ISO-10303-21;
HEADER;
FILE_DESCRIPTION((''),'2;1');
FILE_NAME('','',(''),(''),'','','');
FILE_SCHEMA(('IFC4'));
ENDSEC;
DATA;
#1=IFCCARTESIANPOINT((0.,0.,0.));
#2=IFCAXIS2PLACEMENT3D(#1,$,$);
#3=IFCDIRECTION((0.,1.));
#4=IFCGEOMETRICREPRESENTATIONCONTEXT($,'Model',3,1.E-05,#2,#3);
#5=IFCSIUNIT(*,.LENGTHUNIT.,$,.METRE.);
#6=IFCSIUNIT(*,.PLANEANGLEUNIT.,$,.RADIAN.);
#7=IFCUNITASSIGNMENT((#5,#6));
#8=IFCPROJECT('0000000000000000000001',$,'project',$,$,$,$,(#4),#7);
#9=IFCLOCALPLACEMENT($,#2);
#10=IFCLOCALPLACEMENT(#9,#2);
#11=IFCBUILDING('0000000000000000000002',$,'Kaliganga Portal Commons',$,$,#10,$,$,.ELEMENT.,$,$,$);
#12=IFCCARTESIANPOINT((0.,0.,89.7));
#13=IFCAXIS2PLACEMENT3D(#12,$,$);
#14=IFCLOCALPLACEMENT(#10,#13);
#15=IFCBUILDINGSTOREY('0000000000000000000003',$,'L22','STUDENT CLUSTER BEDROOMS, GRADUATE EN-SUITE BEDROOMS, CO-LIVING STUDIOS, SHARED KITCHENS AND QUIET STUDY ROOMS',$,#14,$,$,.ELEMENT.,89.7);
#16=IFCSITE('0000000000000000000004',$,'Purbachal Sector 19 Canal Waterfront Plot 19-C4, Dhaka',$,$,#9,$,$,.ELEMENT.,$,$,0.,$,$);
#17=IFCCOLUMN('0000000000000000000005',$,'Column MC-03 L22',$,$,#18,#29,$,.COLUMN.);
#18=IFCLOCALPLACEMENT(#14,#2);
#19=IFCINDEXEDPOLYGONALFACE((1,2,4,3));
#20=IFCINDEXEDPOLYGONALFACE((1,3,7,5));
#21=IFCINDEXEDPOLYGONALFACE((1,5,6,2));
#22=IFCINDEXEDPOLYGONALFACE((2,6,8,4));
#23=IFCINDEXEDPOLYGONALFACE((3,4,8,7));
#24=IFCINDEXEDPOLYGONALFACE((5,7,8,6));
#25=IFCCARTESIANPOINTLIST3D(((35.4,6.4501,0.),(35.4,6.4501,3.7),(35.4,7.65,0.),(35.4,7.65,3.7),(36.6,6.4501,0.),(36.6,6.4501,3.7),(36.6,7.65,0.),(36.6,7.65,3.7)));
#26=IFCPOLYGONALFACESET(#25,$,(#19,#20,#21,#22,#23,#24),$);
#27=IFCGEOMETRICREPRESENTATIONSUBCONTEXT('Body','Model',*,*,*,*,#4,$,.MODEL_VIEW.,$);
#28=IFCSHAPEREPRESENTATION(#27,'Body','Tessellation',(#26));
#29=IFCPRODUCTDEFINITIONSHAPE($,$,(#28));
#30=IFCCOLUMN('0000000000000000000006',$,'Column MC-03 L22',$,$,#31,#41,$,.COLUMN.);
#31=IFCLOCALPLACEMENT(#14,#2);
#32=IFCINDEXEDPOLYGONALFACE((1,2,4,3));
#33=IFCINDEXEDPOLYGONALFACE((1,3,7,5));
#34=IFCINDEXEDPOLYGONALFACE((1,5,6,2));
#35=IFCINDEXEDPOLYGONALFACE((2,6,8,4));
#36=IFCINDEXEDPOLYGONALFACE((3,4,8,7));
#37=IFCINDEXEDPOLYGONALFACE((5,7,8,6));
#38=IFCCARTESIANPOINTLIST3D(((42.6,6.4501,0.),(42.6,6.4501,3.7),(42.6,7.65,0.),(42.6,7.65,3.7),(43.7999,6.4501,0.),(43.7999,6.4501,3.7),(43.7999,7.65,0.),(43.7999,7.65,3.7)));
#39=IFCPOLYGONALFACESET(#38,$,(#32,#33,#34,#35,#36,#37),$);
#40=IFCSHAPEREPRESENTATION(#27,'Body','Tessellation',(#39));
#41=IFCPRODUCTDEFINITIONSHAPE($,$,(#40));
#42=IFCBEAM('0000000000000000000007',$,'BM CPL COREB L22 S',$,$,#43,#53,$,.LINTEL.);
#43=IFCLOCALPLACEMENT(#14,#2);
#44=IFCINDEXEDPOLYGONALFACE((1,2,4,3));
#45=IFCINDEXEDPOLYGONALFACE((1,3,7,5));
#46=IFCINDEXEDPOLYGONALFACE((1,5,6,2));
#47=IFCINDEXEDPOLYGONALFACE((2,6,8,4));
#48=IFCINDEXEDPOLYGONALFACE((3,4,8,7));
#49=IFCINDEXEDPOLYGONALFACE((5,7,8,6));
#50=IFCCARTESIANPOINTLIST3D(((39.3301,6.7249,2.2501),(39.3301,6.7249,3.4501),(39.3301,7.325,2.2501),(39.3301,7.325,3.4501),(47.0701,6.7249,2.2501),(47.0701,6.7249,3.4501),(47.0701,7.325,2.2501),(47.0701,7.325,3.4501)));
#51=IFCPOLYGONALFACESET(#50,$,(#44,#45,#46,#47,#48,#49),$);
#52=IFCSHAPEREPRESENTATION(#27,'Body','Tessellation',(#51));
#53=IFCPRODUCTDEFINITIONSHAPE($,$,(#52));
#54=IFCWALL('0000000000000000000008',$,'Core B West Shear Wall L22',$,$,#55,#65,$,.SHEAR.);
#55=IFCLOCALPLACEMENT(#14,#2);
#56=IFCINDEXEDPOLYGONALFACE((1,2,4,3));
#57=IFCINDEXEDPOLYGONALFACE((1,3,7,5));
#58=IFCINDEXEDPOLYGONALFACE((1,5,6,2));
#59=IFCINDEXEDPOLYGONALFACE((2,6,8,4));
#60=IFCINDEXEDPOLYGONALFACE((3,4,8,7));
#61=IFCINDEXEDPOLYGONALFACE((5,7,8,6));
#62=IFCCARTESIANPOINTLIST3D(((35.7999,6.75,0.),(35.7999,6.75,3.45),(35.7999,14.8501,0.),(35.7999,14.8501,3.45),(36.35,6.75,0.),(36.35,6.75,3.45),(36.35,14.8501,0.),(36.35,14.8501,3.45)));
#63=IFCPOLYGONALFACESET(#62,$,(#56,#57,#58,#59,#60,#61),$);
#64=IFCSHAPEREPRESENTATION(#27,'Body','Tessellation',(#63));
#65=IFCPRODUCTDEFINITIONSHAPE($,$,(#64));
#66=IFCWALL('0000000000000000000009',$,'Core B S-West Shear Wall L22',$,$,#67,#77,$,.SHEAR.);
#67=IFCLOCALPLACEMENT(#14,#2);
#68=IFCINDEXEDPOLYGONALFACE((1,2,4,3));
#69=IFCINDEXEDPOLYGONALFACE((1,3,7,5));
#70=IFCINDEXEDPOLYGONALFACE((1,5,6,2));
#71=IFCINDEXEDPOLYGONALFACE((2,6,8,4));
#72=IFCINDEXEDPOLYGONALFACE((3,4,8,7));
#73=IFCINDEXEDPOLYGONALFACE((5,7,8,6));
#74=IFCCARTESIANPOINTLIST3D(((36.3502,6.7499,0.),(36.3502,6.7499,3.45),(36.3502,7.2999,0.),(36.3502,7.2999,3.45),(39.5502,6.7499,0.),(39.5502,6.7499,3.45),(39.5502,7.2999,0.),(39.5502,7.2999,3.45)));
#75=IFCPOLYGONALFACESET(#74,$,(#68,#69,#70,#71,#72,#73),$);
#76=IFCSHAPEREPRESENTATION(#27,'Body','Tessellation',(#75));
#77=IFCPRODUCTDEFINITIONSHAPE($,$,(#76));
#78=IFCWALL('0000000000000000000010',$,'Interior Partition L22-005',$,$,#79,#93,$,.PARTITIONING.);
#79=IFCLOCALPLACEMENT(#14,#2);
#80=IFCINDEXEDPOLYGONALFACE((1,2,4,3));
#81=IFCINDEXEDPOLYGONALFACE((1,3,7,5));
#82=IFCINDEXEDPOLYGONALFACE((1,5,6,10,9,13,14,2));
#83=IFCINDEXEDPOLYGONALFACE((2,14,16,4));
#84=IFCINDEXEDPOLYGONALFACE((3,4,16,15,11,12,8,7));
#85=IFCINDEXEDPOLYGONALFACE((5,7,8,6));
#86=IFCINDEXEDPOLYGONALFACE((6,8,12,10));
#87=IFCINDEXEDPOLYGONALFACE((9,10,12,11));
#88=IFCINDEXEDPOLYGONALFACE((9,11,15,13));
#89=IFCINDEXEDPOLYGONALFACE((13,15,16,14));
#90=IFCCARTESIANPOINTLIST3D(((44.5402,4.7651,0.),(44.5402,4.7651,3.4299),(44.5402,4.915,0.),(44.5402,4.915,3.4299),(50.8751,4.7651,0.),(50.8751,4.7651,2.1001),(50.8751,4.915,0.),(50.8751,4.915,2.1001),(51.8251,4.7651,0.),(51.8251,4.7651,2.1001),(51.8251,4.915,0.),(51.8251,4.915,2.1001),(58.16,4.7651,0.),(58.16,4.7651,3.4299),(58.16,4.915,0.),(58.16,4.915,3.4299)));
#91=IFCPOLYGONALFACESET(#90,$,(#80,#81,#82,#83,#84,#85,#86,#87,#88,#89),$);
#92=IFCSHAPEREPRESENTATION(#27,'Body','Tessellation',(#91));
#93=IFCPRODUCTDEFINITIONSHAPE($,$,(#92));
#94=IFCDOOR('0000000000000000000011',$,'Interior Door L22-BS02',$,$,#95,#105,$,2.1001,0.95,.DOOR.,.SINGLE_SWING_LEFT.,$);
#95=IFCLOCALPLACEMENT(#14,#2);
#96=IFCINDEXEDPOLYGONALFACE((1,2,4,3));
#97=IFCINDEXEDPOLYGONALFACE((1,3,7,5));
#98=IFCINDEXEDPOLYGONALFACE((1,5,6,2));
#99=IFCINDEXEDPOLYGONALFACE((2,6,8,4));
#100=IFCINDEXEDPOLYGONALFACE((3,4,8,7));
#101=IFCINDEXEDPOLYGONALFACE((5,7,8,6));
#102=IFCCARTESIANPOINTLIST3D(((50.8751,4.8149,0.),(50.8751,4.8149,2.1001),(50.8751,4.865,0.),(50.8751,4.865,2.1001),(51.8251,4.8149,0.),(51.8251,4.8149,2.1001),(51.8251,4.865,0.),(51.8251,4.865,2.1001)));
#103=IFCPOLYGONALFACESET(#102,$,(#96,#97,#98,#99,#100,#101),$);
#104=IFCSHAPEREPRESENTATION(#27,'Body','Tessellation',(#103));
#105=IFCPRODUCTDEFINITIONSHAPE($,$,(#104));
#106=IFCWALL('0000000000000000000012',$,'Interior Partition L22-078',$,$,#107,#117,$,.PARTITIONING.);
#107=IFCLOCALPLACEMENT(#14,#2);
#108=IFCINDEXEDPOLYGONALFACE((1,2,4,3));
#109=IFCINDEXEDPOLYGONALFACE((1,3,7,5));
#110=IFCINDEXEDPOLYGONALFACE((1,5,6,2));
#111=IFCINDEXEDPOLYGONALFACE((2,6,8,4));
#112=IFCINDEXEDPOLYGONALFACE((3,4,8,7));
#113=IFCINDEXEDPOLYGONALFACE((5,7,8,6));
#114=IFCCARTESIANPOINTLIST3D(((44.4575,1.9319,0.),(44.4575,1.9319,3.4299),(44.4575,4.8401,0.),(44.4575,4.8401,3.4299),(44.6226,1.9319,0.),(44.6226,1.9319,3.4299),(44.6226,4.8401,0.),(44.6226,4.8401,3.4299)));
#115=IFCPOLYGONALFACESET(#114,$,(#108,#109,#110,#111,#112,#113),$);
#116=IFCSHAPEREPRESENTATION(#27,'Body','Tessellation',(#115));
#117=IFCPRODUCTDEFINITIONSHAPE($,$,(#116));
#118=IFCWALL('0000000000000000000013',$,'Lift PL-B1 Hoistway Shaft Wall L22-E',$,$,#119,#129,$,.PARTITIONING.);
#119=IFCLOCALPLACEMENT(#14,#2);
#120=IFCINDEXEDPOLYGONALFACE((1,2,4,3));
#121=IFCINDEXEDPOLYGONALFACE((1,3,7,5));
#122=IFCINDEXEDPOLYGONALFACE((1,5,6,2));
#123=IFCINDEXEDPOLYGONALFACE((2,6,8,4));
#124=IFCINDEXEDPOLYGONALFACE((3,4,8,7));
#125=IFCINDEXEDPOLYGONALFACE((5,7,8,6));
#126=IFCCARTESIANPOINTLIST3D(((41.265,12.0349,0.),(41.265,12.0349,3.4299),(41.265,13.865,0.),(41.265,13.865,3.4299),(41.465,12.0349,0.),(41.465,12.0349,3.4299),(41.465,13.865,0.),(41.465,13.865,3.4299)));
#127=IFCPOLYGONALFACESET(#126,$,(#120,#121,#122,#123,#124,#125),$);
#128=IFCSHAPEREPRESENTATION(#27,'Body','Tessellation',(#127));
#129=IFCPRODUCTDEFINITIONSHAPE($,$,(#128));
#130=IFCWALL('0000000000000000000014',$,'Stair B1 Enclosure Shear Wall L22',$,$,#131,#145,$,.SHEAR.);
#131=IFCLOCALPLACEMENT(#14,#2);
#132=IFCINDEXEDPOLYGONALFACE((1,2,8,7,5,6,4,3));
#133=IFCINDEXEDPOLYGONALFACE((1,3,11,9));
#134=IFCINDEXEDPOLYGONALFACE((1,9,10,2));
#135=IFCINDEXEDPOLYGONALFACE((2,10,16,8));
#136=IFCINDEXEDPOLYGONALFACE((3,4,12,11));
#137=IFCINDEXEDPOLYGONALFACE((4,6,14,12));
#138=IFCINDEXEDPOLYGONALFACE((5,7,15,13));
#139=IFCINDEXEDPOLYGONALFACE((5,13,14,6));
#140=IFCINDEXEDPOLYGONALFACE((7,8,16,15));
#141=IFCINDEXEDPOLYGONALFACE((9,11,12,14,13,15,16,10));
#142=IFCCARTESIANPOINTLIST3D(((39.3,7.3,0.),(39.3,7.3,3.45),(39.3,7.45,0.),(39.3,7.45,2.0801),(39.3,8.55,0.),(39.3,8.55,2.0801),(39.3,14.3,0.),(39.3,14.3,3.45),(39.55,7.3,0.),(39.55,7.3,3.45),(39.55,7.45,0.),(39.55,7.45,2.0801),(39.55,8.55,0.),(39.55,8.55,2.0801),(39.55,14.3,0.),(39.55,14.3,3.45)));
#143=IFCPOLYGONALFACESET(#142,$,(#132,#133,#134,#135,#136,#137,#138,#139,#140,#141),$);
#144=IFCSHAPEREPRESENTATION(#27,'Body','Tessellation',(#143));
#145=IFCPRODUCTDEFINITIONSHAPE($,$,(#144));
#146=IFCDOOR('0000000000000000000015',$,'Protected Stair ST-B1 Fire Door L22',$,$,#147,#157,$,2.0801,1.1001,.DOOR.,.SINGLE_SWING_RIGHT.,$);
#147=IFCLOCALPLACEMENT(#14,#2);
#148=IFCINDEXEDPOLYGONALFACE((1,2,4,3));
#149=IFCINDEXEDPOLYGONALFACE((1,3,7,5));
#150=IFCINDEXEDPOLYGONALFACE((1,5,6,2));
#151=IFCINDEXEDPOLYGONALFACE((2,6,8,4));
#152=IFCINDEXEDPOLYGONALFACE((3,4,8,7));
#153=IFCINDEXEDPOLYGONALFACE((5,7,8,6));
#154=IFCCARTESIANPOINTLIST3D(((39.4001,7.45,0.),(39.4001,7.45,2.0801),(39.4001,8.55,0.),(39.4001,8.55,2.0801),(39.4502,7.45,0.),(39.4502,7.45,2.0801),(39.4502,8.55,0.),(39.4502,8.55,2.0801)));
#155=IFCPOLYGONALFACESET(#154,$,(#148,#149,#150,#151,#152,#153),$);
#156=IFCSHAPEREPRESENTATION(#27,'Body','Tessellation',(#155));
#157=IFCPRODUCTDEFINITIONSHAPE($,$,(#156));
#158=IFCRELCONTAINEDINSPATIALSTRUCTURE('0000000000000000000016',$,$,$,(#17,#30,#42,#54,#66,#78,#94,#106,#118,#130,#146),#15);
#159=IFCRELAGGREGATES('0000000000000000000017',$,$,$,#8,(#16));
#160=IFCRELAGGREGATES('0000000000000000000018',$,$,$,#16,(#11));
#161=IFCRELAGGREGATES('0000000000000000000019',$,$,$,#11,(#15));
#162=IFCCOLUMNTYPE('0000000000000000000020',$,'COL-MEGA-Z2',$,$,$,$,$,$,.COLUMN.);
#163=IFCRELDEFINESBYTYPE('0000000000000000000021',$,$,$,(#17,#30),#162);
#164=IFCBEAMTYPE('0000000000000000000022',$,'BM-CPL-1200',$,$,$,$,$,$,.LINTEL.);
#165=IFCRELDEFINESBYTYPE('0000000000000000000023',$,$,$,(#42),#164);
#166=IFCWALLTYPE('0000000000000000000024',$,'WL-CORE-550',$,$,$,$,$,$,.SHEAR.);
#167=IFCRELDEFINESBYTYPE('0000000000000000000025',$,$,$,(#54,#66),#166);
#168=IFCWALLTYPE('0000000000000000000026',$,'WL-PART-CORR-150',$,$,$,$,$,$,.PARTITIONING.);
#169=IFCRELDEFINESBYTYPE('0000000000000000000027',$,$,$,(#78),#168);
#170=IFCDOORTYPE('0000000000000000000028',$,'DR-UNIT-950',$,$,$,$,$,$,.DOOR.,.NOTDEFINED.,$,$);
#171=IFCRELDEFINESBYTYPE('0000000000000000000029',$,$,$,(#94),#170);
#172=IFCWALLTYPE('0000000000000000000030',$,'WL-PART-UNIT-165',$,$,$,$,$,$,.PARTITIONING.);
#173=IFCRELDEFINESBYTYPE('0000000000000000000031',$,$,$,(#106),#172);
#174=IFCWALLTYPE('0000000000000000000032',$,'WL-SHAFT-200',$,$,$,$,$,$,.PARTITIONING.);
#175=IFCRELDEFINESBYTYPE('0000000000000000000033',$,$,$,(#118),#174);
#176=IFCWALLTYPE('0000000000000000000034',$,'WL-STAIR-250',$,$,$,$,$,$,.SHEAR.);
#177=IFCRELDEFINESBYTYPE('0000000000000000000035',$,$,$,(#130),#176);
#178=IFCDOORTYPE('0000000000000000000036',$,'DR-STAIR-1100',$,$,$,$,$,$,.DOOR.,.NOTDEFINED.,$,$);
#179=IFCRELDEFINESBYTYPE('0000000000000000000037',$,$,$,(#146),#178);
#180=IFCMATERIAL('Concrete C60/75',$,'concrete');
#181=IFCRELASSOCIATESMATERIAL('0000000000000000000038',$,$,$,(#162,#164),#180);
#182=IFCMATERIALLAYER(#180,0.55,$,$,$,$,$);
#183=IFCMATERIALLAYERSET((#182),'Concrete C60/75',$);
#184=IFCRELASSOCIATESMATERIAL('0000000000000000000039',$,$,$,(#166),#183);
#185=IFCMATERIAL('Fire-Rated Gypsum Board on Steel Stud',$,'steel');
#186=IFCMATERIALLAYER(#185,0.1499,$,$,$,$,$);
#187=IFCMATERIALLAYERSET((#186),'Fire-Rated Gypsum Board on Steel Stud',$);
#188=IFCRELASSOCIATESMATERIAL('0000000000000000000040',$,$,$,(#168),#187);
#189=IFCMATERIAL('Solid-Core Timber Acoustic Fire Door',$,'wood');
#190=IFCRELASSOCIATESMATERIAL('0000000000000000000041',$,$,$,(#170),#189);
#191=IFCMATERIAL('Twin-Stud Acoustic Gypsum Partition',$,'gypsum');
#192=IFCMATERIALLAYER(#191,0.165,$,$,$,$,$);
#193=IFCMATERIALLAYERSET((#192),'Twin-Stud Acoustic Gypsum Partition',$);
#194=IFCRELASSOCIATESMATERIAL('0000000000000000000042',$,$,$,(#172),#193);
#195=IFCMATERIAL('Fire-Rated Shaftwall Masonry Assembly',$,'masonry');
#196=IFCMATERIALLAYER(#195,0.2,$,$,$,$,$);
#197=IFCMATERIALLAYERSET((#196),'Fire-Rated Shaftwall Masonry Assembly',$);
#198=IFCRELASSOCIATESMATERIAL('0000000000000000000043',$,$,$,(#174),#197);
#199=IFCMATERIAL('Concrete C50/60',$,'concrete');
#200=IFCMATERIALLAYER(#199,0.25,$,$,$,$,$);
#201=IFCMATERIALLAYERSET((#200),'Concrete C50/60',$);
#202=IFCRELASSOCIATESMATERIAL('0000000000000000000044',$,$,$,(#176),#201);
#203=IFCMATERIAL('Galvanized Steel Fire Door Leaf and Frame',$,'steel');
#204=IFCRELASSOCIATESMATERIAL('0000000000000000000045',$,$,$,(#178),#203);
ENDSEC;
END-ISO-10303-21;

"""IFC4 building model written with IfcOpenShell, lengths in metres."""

from ifc_helpers import new_model, si_unit, direction, frame, frame_2d, origin, origin_2d, place, context, subcontext, project, spatial, rectangle, extrude, source, transform, mapped, material, layer, layer_set, material_profile, profile_set, type_object, element, fill, save


model = new_model("IFC4")

# Units and contexts
model_context = context("Model", 3, precision=1e-05, world=origin(), true_north=direction((0.0, 1.0)))
body_context = subcontext(model_context, "Body", "Model", "MODEL_VIEW")
ifc_project = project(units=[si_unit("LENGTHUNIT", "METRE"), si_unit("PLANEANGLEUNIT", "RADIAN")], contexts=[model_context])

# Site, building, storey
site_placement = place(None, origin())
site = spatial("IfcSite", under=ifc_project, at=site_placement, Name="Purbachal Sector 19 Canal Waterfront Plot 19-C4, Dhaka", CompositionType="ELEMENT", RefElevation=0.0)
building_placement = place(site_placement, origin())
building = spatial("IfcBuilding", under=site, at=building_placement, Name="Kaliganga Portal Commons", CompositionType="ELEMENT")
storey_placement = place(building_placement, frame((0.0, 0.0, 89.7)))
storey = spatial("IfcBuildingStorey", under=building, at=storey_placement, Name="L22", Description="STUDENT CLUSTER BEDROOMS, GRADUATE EN-SUITE BEDROOMS, CO-LIVING STUDIOS, SHARED KITCHENS AND QUIET STUDY ROOMS", CompositionType="ELEMENT", Elevation=89.7)

# Columns
ifc_material_1 = material(Name="Concrete C60/75", Category="concrete")
ifc_material_profile_1 = material_profile(ifc_material_1, rectangle(XDim=1.2, YDim=1.2, at=origin_2d()), Name="RC 1200x1200")
ifc_profile_set_1 = profile_set([ifc_material_profile_1], Name="Concrete C60/75")
column_type = type_object("IfcColumnType", Name="COL-MEGA-Z2", PredefinedType="COLUMN", material=ifc_profile_set_1)
shared_shape_1 = source(origin(), body_context, "Body", "SweptSolid", [
    extrude(rectangle(XDim=1.2, YDim=1.2, at=origin_2d()), origin(), (0.0, 0.0, 1.0), 3.7),
])
for number, where, z_axis, x_axis, name in (
    (1, (36.0, 7.05, 0.0), (0.0, 0.0, 1.0), (1.0, 0.0, 0.0), "Column MC-03 L22"),
    (2, (43.2, 7.05, 0.0), (0.0, 0.0, 1.0), (1.0, 0.0, 0.0), "Column MC-03 L22"),
):
    element("IfcColumn", number, at=place(storey_placement, frame(where, z_axis=z_axis, x_axis=x_axis)), inside=storey, type_object=column_type, Name=name, PredefinedType="COLUMN", context=body_context, shape_type="MappedRepresentation", body=[
        mapped(shared_shape_1, transform((0.0, 0.0, 0.0), x_axis=(1.0, 0.0, 0.0), y_axis=(0.0, 1.0, 0.0), z_axis=(0.0, 0.0, 1.0), scale=1.0)),
    ])

# Beam
ifc_material_profile_2 = material_profile(ifc_material_1, rectangle(XDim=0.6001, YDim=1.2, at=origin_2d()), Name="RC 600x1200")
ifc_profile_set_2 = profile_set([ifc_material_profile_2], Name="Concrete C60/75")
beam_type = type_object("IfcBeamType", Name="BM-CPL-1200", PredefinedType="LINTEL", material=ifc_profile_set_2)
shared_shape_2 = source(origin(), body_context, "Body", "SweptSolid", [
    extrude(rectangle(XDim=0.6001, YDim=1.2, at=origin_2d()), origin(), (0.0, 0.0, 1.0), 7.74),
])
beam_placement = place(storey_placement, frame((39.3301, 7.0249, 2.8501), z_axis=(1.0, 0.0, 0.0), x_axis=(0.0, 1.0, 0.0)))
element("IfcBeam", 3, at=beam_placement, inside=storey, type_object=beam_type, Name="BM CPL COREB L22 S", PredefinedType="LINTEL", context=body_context, shape_type="MappedRepresentation", body=[
    mapped(shared_shape_2, transform((0.0, 0.0, 0.0), x_axis=(1.0, 0.0, 0.0), y_axis=(0.0, 1.0, 0.0), z_axis=(0.0, 0.0, 1.0), scale=1.0)),
])

# Walls
ifc_layer_1 = layer(ifc_material_1, 0.55)
ifc_layer_set_1 = layer_set([ifc_layer_1], Name="Concrete C60/75")
wall_type_1 = type_object("IfcWallType", Name="WL-CORE-550", PredefinedType="SHEAR", material=ifc_layer_set_1)
wall_1_placement = place(storey_placement, frame((36.075, 6.75, 0.0), z_axis=(0.0, 0.0, 1.0), x_axis=(0.0, 1.0, 0.0)))
element("IfcWall", 4, at=wall_1_placement, inside=storey, type_object=wall_type_1, Name="Core B West Shear Wall L22", PredefinedType="SHEAR", context=body_context, shape_type="SweptSolid", body=[
    extrude(rectangle(XDim=8.1001, YDim=0.55, at=frame_2d((4.05, 0.0))), origin(), (0.0, 0.0, 1.0), 3.45),
])
wall_2_placement = place(storey_placement, frame((36.3501, 7.0249, 0.0), z_axis=(0.0, 0.0, 1.0), x_axis=(1.0, 0.0, 0.0)))
element("IfcWall", 5, at=wall_2_placement, inside=storey, type_object=wall_type_1, Name="Core B S-West Shear Wall L22", PredefinedType="SHEAR", context=body_context, shape_type="SweptSolid", body=[
    extrude(rectangle(XDim=3.2, YDim=0.55, at=frame_2d((1.6001, 0.0))), origin(), (0.0, 0.0, 1.0), 3.45),
])

# Wall, opening, door
ifc_material_2 = material(Name="Fire-Rated Gypsum Board on Steel Stud", Category="steel")
ifc_layer_2 = layer(ifc_material_2, 0.1499)
ifc_layer_set_2 = layer_set([ifc_layer_2], Name="Fire-Rated Gypsum Board on Steel Stud")
wall_type_2 = type_object("IfcWallType", Name="WL-PART-CORR-150", PredefinedType="PARTITIONING", material=ifc_layer_set_2)
wall_3_placement = place(storey_placement, frame((44.54, 4.8401, 0.0), z_axis=(0.0, 0.0, 1.0), x_axis=(1.0, 0.0, 0.0)))
wall_3 = element("IfcWall", 6, at=wall_3_placement, inside=storey, type_object=wall_type_2, Name="Interior Partition L22-005", PredefinedType="PARTITIONING", context=body_context, shape_type="SweptSolid", body=[
    extrude(rectangle(XDim=13.6199, YDim=0.1499, at=frame_2d((6.8101, 0.0))), origin(), (0.0, 0.0, 1.0), 3.4299),
])
opening_1_placement = place(wall_3_placement, frame((6.335, 0.0, 0.0)))
opening_1 = element("IfcOpeningElement", 7, at=opening_1_placement, cuts=wall_3, PredefinedType="OPENING", context=body_context, shape_type="SweptSolid", body=[
    extrude(rectangle(XDim=0.95, YDim=2.1001, at=frame_2d((0.4751, 1.05))), frame((0.0, 0.085, 0.0), z_axis=(0.0, -1.0, 0.0), x_axis=(1.0, 0.0, 0.0)), (0.0, 0.0, 1.0), 0.1699),
])
ifc_material_3 = material(Name="Solid-Core Timber Acoustic Fire Door", Category="wood")
door_type_1 = type_object("IfcDoorType", Name="DR-UNIT-950", OperationType="NOTDEFINED", PredefinedType="DOOR", material=ifc_material_3)
door_1_placement = place(opening_1_placement, origin())
door_1 = element("IfcDoor", 8, at=door_1_placement, inside=storey, type_object=door_type_1, Name="Interior Door L22-BS02", OperationType="SINGLE_SWING_LEFT", OverallHeight=2.1001, OverallWidth=0.95, PredefinedType="DOOR", context=body_context, shape_type="SweptSolid", body=[
    extrude(rectangle(XDim=0.95, YDim=2.1001, at=frame_2d((0.4751, 1.05))), frame((0.0, 0.0249, 0.0), z_axis=(0.0, -1.0, 0.0), x_axis=(1.0, 0.0, 0.0)), (0.0, 0.0, 1.0), 0.05),
])
fill(opening_1, door_1)

# Wall
ifc_material_4 = material(Name="Twin-Stud Acoustic Gypsum Partition", Category="gypsum")
ifc_layer_3 = layer(ifc_material_4, 0.165)
ifc_layer_set_3 = layer_set([ifc_layer_3], Name="Twin-Stud Acoustic Gypsum Partition")
wall_type_3 = type_object("IfcWallType", Name="WL-PART-UNIT-165", PredefinedType="PARTITIONING", material=ifc_layer_set_3)
wall_4_placement = place(storey_placement, frame((44.54, 1.9319, 0.0), z_axis=(0.0, 0.0, 1.0), x_axis=(0.0, 1.0, 0.0)))
element("IfcWall", 9, at=wall_4_placement, inside=storey, type_object=wall_type_3, Name="Interior Partition L22-078", PredefinedType="PARTITIONING", context=body_context, shape_type="SweptSolid", body=[
    extrude(rectangle(XDim=2.9082, YDim=0.165, at=frame_2d((1.4541, 0.0))), origin(), (0.0, 0.0, 1.0), 3.4299),
])

# Shared definitions
ifc_material_5 = material(Name="Fire-Rated Shaftwall Masonry Assembly", Category="masonry")
ifc_layer_4 = layer(ifc_material_5, 0.2)
ifc_layer_set_4 = layer_set([ifc_layer_4], Name="Fire-Rated Shaftwall Masonry Assembly")
wall_type_4 = type_object("IfcWallType", Name="WL-SHAFT-200", PredefinedType="PARTITIONING", material=ifc_layer_set_4)

# Wall
wall_5_placement = place(storey_placement, frame((41.365, 12.0349, 0.0), z_axis=(0.0, 0.0, 1.0), x_axis=(0.0, 1.0, 0.0)))
element("IfcWall", 10, at=wall_5_placement, inside=storey, type_object=wall_type_4, Name="Lift PL-B1 Hoistway Shaft Wall L22-E", PredefinedType="PARTITIONING", context=body_context, shape_type="SweptSolid", body=[
    extrude(rectangle(XDim=1.8301, YDim=0.2, at=frame_2d((0.915, 0.0))), origin(), (0.0, 0.0, 1.0), 3.4299),
])

# Wall, opening, door
ifc_material_6 = material(Name="Concrete C50/60", Category="concrete")
ifc_layer_5 = layer(ifc_material_6, 0.25)
ifc_layer_set_5 = layer_set([ifc_layer_5], Name="Concrete C50/60")
wall_type_5 = type_object("IfcWallType", Name="WL-STAIR-250", PredefinedType="SHEAR", material=ifc_layer_set_5)
wall_6_placement = place(storey_placement, frame((39.425, 7.3, 0.0), z_axis=(0.0, 0.0, 1.0), x_axis=(0.0, 1.0, 0.0)))
wall_6 = element("IfcWall", 11, at=wall_6_placement, inside=storey, type_object=wall_type_5, Name="Stair B1 Enclosure Shear Wall L22", PredefinedType="SHEAR", context=body_context, shape_type="SweptSolid", body=[
    extrude(rectangle(XDim=7.0, YDim=0.25, at=frame_2d((3.5, 0.0))), origin(), (0.0, 0.0, 1.0), 3.45),
])
opening_2_placement = place(wall_6_placement, frame((0.1499, 0.0, 0.0)))
opening_2 = element("IfcOpeningElement", 12, at=opening_2_placement, cuts=wall_6, PredefinedType="OPENING", context=body_context, shape_type="SweptSolid", body=[
    extrude(rectangle(XDim=1.1001, YDim=2.0801, at=frame_2d((0.55, 1.04))), frame((0.0, 0.135, 0.0), z_axis=(0.0, -1.0, 0.0), x_axis=(1.0, 0.0, 0.0)), (0.0, 0.0, 1.0), 0.27),
])
ifc_material_7 = material(Name="Galvanized Steel Fire Door Leaf and Frame", Category="steel")
door_type_2 = type_object("IfcDoorType", Name="DR-STAIR-1100", OperationType="NOTDEFINED", PredefinedType="DOOR", material=ifc_material_7)
door_2_placement = place(opening_2_placement, origin())
door_2 = element("IfcDoor", 13, at=door_2_placement, inside=storey, type_object=door_type_2, Name="Protected Stair ST-B1 Fire Door L22", OperationType="SINGLE_SWING_RIGHT", OverallHeight=2.0801, OverallWidth=1.1001, PredefinedType="DOOR", context=body_context, shape_type="SweptSolid", body=[
    extrude(rectangle(XDim=1.1001, YDim=2.0801, at=frame_2d((0.55, 1.04))), frame((0.0, 0.0249, 0.0), z_axis=(0.0, -1.0, 0.0), x_axis=(1.0, 0.0, 0.0)), (0.0, 0.0, 1.0), 0.05),
])
fill(opening_2, door_2)

save(model, "model.ifc")
